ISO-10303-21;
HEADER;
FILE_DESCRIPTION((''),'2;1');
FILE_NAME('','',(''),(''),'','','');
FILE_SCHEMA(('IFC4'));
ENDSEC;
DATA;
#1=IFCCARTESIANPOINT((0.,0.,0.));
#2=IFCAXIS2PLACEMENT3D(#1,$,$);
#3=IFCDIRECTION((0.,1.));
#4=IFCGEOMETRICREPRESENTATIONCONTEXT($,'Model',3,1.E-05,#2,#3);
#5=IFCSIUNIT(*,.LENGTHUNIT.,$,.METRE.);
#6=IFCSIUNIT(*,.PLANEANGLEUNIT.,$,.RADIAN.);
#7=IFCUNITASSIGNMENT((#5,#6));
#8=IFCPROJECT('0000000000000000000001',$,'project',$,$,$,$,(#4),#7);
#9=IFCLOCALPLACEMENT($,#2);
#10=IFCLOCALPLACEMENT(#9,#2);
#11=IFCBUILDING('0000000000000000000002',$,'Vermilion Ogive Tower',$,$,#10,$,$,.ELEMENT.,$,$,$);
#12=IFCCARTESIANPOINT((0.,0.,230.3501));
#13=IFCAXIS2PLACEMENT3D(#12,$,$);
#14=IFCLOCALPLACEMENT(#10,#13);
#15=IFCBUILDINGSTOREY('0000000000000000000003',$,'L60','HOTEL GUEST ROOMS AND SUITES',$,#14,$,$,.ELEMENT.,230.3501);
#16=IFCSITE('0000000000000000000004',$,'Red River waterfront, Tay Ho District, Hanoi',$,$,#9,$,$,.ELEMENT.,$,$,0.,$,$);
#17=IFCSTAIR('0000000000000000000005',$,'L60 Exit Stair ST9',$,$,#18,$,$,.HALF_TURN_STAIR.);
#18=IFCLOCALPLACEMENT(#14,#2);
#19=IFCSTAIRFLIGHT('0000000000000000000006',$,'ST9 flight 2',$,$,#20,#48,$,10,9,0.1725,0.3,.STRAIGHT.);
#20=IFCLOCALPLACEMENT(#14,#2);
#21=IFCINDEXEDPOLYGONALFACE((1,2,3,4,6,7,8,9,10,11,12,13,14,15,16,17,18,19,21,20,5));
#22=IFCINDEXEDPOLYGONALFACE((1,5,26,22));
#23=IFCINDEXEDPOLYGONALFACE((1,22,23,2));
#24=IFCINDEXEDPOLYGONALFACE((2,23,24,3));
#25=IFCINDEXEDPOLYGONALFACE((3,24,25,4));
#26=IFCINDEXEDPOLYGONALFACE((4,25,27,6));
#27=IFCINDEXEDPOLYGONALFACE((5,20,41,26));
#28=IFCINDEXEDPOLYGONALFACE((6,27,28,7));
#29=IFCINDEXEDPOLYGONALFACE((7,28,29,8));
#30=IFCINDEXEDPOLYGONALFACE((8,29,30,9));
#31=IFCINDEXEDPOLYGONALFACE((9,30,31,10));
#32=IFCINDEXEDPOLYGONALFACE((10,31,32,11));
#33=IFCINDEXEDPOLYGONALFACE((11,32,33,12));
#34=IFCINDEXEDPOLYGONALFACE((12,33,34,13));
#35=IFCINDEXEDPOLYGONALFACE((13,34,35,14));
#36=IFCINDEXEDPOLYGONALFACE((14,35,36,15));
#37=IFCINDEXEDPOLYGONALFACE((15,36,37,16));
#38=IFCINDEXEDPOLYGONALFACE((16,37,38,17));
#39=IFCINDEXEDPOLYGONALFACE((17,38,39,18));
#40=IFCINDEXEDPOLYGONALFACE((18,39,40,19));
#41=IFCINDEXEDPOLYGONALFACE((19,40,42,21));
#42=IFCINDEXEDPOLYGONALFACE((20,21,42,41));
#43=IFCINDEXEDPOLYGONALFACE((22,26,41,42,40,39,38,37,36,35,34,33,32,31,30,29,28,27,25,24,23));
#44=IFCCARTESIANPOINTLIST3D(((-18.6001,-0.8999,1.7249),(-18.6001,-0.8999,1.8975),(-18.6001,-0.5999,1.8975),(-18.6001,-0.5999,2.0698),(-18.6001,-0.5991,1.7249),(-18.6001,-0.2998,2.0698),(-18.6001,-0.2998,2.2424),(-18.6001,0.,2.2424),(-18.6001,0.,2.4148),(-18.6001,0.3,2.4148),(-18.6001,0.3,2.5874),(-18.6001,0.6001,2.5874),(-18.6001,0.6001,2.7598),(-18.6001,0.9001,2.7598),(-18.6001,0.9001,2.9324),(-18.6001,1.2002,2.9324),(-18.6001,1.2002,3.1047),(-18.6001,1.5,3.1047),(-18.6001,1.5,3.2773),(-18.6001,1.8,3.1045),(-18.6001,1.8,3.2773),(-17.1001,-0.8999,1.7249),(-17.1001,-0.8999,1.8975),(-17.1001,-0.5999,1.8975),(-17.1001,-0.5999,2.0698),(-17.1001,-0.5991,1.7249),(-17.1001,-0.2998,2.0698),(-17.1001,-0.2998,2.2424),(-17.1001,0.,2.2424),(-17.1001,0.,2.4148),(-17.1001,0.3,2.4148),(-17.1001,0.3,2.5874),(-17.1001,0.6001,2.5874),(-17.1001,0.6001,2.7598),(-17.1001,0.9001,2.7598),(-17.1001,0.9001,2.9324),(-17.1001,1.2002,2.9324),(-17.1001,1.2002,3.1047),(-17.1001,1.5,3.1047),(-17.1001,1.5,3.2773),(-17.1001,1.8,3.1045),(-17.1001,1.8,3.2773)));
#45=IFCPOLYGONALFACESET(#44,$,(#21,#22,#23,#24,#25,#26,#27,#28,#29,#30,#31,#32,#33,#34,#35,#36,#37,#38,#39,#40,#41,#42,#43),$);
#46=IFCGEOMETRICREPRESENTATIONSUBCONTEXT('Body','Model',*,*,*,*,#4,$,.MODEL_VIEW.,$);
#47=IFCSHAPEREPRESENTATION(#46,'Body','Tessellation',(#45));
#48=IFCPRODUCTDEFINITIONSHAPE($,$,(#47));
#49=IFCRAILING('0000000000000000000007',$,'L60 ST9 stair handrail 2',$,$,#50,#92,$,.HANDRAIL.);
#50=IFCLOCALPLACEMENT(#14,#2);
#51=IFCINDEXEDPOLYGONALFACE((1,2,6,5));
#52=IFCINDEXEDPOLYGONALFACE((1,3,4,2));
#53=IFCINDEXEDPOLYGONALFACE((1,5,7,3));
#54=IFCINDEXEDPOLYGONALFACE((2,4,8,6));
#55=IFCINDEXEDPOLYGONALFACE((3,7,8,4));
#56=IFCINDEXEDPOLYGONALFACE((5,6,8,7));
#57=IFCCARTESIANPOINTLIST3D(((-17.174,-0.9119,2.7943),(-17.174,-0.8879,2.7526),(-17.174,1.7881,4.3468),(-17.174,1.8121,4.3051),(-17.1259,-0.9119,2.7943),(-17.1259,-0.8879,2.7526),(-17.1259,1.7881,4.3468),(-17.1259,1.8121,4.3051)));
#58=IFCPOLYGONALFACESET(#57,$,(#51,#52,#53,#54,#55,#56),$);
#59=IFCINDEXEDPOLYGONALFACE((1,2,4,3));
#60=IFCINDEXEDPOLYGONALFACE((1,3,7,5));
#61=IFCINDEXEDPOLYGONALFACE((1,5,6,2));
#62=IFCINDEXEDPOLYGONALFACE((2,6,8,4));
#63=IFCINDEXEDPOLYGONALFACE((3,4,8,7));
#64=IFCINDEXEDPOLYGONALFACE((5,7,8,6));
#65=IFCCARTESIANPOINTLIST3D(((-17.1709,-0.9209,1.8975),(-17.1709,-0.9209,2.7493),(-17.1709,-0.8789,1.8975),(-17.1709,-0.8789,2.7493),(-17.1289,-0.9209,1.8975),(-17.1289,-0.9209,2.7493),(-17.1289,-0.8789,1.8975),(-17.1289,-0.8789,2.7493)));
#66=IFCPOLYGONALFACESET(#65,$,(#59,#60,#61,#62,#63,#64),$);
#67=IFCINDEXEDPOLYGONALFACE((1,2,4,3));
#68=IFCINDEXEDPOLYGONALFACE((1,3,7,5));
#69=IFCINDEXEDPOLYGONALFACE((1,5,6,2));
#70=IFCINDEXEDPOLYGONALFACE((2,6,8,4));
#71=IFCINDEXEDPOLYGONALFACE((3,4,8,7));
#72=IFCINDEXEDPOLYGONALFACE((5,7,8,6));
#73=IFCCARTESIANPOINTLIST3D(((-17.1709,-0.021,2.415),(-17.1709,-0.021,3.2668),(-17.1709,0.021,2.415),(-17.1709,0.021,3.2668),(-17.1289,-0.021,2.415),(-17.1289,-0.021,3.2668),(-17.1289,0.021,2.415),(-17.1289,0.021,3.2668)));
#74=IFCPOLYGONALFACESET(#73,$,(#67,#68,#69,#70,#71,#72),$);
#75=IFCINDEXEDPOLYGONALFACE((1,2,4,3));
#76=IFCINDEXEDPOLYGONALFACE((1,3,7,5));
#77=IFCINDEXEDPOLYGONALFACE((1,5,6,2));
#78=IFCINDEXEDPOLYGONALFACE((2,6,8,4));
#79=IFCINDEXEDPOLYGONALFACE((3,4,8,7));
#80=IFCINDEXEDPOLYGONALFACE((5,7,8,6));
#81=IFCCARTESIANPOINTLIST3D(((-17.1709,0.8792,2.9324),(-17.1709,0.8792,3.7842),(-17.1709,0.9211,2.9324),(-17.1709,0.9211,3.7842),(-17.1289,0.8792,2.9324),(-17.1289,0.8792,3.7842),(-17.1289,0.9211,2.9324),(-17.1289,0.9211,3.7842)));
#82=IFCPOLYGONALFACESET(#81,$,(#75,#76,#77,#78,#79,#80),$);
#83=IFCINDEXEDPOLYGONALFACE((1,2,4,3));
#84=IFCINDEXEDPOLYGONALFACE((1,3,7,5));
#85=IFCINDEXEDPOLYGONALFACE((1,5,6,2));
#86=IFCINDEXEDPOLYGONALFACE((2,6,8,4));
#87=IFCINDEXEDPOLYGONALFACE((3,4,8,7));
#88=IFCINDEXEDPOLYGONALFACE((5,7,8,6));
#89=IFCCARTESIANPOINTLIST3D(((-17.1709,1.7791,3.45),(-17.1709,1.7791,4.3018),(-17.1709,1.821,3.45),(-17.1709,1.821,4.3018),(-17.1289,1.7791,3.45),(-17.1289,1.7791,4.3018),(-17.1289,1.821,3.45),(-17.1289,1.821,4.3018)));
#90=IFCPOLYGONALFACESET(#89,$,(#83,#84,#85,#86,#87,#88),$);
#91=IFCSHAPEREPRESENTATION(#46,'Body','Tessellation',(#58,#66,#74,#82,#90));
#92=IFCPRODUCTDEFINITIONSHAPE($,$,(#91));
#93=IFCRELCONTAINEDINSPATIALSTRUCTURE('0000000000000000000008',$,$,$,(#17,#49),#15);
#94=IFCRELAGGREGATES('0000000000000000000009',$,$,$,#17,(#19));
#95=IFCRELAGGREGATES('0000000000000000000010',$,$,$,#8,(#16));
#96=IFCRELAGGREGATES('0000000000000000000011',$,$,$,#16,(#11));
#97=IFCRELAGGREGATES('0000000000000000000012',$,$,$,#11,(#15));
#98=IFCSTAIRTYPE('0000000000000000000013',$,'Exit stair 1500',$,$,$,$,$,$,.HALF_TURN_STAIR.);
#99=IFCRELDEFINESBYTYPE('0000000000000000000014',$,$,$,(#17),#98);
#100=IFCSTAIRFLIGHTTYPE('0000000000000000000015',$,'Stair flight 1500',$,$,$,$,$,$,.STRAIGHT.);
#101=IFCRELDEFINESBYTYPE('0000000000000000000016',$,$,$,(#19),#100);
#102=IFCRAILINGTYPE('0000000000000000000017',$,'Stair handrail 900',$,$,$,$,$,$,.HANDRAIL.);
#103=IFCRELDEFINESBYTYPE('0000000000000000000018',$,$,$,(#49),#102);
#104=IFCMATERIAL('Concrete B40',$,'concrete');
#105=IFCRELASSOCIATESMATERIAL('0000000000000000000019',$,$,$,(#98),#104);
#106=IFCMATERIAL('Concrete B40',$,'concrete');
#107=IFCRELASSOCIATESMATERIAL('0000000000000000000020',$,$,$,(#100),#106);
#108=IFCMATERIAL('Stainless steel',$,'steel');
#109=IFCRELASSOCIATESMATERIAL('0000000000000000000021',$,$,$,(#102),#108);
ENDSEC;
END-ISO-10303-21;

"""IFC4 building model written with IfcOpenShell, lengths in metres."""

from ifc_helpers import new_model, si_unit, direction, frame, origin, origin_2d, place, context, subcontext, project, spatial, polyline, rectangle, outline, extrude, material, type_object, element, aggregate, save


model = new_model("IFC4")

# Units and contexts
model_context = context("Model", 3, precision=1e-05, world=origin(), true_north=direction((0.0, 1.0)))
body_context = subcontext(model_context, "Body", "Model", "MODEL_VIEW")
ifc_project = project(units=[si_unit("LENGTHUNIT", "METRE"), si_unit("PLANEANGLEUNIT", "RADIAN")], contexts=[model_context])

# Site, building, storey
site_placement = place(None, origin())
site = spatial("IfcSite", under=ifc_project, at=site_placement, Name="Red River waterfront, Tay Ho District, Hanoi", CompositionType="ELEMENT", RefElevation=0.0)
building_placement = place(site_placement, origin())
building = spatial("IfcBuilding", under=site, at=building_placement, Name="Vermilion Ogive Tower", CompositionType="ELEMENT")
storey_placement = place(building_placement, frame((0.0, 0.0, 230.3501)))
storey = spatial("IfcBuildingStorey", under=building, at=storey_placement, Name="L60", Description="HOTEL GUEST ROOMS AND SUITES", CompositionType="ELEMENT", Elevation=230.3501)

# Stair, stair flight
ifc_material_1 = material(Name="Concrete B40", Category="concrete")
stair_type = type_object("IfcStairType", Name="Exit stair 1500", PredefinedType="HALF_TURN_STAIR", material=ifc_material_1)
stair_placement = place(storey_placement, origin())
stair = element("IfcStair", 1, at=stair_placement, inside=storey, type_object=stair_type, Name="L60 Exit Stair ST9", PredefinedType="HALF_TURN_STAIR")
ifc_material_2 = material(Name="Concrete B40", Category="concrete")
stair_flight_type = type_object("IfcStairFlightType", Name="Stair flight 1500", PredefinedType="STRAIGHT", material=ifc_material_2)
stair_flight_placement = place(storey_placement, frame((-17.8501, -0.8999, 1.7249), z_axis=(0.0, 0.0, 1.0), x_axis=(0.0, 1.0, 0.0)))
stair_flight = element("IfcStairFlight", 2, at=stair_flight_placement, type_object=stair_flight_type, Name="ST9 flight 2", NumberOfRisers=10, NumberOfTreads=9, PredefinedType="STRAIGHT", RiserHeight=0.1725, TreadLength=0.3, context=body_context, shape_type="SweptSolid", body=[
    extrude(outline(polyline([(0.0, 0.0), (0.0, 0.1726), (0.3, 0.1726), (0.3, 0.345), (0.6001, 0.345), (0.6001, 0.5176), (0.8999, 0.5176), (0.8999, 0.6899), (1.2, 0.6899), (1.2, 0.8625), (1.5, 0.8625), (1.5, 1.0349), (1.8, 1.0349), (1.8, 1.2075), (2.1001, 1.2075), (2.1001, 1.3799), (2.3999, 1.3799), (2.3999, 1.5525), (2.7, 1.5525), (2.7, 1.7251), (2.7, 1.3796), (0.3008, 0.0), (0.0, 0.0)])), frame((0.0, 0.75, 0.0), z_axis=(0.0, -1.0, 0.0), x_axis=(1.0, 0.0, 0.0)), (0.0, 0.0, 1.0), 1.5),
])
aggregate(stair, [stair_flight])

# Railing
ifc_material_3 = material(Name="Stainless steel", Category="steel")
railing_type = type_object("IfcRailingType", Name="Stair handrail 900", PredefinedType="HANDRAIL", material=ifc_material_3)
railing_placement = place(storey_placement, frame((-17.1499, -0.8999, 1.8975)))
element("IfcRailing", 3, at=railing_placement, inside=storey, type_object=railing_type, Name="L60 ST9 stair handrail 2", PredefinedType="HANDRAIL", context=body_context, shape_type="SweptSolid", body=[
    extrude(rectangle(XDim=0.0481, YDim=0.0481, at=origin_2d()), frame((0.0, 0.0, 0.876), z_axis=(0.0, 0.866904, 0.498476), x_axis=(-1.0, 0.0, 0.0)), (0.0, 0.0, 1.0), 3.1145),
    extrude(rectangle(XDim=0.042, YDim=0.042, at=origin_2d()), origin(), (0.0, 0.0, 1.0), 0.8518),
    extrude(rectangle(XDim=0.042, YDim=0.042, at=origin_2d()), frame((0.0, 0.8999, 0.5176)), (0.0, 0.0, 1.0), 0.8518),
    extrude(rectangle(XDim=0.042, YDim=0.042, at=origin_2d()), frame((0.0, 1.8, 1.0349)), (0.0, 0.0, 1.0), 0.8518),
    extrude(rectangle(XDim=0.042, YDim=0.042, at=origin_2d()), frame((0.0, 2.7, 1.5525)), (0.0, 0.0, 1.0), 0.8518),
])

save(model, "model.ifc")
